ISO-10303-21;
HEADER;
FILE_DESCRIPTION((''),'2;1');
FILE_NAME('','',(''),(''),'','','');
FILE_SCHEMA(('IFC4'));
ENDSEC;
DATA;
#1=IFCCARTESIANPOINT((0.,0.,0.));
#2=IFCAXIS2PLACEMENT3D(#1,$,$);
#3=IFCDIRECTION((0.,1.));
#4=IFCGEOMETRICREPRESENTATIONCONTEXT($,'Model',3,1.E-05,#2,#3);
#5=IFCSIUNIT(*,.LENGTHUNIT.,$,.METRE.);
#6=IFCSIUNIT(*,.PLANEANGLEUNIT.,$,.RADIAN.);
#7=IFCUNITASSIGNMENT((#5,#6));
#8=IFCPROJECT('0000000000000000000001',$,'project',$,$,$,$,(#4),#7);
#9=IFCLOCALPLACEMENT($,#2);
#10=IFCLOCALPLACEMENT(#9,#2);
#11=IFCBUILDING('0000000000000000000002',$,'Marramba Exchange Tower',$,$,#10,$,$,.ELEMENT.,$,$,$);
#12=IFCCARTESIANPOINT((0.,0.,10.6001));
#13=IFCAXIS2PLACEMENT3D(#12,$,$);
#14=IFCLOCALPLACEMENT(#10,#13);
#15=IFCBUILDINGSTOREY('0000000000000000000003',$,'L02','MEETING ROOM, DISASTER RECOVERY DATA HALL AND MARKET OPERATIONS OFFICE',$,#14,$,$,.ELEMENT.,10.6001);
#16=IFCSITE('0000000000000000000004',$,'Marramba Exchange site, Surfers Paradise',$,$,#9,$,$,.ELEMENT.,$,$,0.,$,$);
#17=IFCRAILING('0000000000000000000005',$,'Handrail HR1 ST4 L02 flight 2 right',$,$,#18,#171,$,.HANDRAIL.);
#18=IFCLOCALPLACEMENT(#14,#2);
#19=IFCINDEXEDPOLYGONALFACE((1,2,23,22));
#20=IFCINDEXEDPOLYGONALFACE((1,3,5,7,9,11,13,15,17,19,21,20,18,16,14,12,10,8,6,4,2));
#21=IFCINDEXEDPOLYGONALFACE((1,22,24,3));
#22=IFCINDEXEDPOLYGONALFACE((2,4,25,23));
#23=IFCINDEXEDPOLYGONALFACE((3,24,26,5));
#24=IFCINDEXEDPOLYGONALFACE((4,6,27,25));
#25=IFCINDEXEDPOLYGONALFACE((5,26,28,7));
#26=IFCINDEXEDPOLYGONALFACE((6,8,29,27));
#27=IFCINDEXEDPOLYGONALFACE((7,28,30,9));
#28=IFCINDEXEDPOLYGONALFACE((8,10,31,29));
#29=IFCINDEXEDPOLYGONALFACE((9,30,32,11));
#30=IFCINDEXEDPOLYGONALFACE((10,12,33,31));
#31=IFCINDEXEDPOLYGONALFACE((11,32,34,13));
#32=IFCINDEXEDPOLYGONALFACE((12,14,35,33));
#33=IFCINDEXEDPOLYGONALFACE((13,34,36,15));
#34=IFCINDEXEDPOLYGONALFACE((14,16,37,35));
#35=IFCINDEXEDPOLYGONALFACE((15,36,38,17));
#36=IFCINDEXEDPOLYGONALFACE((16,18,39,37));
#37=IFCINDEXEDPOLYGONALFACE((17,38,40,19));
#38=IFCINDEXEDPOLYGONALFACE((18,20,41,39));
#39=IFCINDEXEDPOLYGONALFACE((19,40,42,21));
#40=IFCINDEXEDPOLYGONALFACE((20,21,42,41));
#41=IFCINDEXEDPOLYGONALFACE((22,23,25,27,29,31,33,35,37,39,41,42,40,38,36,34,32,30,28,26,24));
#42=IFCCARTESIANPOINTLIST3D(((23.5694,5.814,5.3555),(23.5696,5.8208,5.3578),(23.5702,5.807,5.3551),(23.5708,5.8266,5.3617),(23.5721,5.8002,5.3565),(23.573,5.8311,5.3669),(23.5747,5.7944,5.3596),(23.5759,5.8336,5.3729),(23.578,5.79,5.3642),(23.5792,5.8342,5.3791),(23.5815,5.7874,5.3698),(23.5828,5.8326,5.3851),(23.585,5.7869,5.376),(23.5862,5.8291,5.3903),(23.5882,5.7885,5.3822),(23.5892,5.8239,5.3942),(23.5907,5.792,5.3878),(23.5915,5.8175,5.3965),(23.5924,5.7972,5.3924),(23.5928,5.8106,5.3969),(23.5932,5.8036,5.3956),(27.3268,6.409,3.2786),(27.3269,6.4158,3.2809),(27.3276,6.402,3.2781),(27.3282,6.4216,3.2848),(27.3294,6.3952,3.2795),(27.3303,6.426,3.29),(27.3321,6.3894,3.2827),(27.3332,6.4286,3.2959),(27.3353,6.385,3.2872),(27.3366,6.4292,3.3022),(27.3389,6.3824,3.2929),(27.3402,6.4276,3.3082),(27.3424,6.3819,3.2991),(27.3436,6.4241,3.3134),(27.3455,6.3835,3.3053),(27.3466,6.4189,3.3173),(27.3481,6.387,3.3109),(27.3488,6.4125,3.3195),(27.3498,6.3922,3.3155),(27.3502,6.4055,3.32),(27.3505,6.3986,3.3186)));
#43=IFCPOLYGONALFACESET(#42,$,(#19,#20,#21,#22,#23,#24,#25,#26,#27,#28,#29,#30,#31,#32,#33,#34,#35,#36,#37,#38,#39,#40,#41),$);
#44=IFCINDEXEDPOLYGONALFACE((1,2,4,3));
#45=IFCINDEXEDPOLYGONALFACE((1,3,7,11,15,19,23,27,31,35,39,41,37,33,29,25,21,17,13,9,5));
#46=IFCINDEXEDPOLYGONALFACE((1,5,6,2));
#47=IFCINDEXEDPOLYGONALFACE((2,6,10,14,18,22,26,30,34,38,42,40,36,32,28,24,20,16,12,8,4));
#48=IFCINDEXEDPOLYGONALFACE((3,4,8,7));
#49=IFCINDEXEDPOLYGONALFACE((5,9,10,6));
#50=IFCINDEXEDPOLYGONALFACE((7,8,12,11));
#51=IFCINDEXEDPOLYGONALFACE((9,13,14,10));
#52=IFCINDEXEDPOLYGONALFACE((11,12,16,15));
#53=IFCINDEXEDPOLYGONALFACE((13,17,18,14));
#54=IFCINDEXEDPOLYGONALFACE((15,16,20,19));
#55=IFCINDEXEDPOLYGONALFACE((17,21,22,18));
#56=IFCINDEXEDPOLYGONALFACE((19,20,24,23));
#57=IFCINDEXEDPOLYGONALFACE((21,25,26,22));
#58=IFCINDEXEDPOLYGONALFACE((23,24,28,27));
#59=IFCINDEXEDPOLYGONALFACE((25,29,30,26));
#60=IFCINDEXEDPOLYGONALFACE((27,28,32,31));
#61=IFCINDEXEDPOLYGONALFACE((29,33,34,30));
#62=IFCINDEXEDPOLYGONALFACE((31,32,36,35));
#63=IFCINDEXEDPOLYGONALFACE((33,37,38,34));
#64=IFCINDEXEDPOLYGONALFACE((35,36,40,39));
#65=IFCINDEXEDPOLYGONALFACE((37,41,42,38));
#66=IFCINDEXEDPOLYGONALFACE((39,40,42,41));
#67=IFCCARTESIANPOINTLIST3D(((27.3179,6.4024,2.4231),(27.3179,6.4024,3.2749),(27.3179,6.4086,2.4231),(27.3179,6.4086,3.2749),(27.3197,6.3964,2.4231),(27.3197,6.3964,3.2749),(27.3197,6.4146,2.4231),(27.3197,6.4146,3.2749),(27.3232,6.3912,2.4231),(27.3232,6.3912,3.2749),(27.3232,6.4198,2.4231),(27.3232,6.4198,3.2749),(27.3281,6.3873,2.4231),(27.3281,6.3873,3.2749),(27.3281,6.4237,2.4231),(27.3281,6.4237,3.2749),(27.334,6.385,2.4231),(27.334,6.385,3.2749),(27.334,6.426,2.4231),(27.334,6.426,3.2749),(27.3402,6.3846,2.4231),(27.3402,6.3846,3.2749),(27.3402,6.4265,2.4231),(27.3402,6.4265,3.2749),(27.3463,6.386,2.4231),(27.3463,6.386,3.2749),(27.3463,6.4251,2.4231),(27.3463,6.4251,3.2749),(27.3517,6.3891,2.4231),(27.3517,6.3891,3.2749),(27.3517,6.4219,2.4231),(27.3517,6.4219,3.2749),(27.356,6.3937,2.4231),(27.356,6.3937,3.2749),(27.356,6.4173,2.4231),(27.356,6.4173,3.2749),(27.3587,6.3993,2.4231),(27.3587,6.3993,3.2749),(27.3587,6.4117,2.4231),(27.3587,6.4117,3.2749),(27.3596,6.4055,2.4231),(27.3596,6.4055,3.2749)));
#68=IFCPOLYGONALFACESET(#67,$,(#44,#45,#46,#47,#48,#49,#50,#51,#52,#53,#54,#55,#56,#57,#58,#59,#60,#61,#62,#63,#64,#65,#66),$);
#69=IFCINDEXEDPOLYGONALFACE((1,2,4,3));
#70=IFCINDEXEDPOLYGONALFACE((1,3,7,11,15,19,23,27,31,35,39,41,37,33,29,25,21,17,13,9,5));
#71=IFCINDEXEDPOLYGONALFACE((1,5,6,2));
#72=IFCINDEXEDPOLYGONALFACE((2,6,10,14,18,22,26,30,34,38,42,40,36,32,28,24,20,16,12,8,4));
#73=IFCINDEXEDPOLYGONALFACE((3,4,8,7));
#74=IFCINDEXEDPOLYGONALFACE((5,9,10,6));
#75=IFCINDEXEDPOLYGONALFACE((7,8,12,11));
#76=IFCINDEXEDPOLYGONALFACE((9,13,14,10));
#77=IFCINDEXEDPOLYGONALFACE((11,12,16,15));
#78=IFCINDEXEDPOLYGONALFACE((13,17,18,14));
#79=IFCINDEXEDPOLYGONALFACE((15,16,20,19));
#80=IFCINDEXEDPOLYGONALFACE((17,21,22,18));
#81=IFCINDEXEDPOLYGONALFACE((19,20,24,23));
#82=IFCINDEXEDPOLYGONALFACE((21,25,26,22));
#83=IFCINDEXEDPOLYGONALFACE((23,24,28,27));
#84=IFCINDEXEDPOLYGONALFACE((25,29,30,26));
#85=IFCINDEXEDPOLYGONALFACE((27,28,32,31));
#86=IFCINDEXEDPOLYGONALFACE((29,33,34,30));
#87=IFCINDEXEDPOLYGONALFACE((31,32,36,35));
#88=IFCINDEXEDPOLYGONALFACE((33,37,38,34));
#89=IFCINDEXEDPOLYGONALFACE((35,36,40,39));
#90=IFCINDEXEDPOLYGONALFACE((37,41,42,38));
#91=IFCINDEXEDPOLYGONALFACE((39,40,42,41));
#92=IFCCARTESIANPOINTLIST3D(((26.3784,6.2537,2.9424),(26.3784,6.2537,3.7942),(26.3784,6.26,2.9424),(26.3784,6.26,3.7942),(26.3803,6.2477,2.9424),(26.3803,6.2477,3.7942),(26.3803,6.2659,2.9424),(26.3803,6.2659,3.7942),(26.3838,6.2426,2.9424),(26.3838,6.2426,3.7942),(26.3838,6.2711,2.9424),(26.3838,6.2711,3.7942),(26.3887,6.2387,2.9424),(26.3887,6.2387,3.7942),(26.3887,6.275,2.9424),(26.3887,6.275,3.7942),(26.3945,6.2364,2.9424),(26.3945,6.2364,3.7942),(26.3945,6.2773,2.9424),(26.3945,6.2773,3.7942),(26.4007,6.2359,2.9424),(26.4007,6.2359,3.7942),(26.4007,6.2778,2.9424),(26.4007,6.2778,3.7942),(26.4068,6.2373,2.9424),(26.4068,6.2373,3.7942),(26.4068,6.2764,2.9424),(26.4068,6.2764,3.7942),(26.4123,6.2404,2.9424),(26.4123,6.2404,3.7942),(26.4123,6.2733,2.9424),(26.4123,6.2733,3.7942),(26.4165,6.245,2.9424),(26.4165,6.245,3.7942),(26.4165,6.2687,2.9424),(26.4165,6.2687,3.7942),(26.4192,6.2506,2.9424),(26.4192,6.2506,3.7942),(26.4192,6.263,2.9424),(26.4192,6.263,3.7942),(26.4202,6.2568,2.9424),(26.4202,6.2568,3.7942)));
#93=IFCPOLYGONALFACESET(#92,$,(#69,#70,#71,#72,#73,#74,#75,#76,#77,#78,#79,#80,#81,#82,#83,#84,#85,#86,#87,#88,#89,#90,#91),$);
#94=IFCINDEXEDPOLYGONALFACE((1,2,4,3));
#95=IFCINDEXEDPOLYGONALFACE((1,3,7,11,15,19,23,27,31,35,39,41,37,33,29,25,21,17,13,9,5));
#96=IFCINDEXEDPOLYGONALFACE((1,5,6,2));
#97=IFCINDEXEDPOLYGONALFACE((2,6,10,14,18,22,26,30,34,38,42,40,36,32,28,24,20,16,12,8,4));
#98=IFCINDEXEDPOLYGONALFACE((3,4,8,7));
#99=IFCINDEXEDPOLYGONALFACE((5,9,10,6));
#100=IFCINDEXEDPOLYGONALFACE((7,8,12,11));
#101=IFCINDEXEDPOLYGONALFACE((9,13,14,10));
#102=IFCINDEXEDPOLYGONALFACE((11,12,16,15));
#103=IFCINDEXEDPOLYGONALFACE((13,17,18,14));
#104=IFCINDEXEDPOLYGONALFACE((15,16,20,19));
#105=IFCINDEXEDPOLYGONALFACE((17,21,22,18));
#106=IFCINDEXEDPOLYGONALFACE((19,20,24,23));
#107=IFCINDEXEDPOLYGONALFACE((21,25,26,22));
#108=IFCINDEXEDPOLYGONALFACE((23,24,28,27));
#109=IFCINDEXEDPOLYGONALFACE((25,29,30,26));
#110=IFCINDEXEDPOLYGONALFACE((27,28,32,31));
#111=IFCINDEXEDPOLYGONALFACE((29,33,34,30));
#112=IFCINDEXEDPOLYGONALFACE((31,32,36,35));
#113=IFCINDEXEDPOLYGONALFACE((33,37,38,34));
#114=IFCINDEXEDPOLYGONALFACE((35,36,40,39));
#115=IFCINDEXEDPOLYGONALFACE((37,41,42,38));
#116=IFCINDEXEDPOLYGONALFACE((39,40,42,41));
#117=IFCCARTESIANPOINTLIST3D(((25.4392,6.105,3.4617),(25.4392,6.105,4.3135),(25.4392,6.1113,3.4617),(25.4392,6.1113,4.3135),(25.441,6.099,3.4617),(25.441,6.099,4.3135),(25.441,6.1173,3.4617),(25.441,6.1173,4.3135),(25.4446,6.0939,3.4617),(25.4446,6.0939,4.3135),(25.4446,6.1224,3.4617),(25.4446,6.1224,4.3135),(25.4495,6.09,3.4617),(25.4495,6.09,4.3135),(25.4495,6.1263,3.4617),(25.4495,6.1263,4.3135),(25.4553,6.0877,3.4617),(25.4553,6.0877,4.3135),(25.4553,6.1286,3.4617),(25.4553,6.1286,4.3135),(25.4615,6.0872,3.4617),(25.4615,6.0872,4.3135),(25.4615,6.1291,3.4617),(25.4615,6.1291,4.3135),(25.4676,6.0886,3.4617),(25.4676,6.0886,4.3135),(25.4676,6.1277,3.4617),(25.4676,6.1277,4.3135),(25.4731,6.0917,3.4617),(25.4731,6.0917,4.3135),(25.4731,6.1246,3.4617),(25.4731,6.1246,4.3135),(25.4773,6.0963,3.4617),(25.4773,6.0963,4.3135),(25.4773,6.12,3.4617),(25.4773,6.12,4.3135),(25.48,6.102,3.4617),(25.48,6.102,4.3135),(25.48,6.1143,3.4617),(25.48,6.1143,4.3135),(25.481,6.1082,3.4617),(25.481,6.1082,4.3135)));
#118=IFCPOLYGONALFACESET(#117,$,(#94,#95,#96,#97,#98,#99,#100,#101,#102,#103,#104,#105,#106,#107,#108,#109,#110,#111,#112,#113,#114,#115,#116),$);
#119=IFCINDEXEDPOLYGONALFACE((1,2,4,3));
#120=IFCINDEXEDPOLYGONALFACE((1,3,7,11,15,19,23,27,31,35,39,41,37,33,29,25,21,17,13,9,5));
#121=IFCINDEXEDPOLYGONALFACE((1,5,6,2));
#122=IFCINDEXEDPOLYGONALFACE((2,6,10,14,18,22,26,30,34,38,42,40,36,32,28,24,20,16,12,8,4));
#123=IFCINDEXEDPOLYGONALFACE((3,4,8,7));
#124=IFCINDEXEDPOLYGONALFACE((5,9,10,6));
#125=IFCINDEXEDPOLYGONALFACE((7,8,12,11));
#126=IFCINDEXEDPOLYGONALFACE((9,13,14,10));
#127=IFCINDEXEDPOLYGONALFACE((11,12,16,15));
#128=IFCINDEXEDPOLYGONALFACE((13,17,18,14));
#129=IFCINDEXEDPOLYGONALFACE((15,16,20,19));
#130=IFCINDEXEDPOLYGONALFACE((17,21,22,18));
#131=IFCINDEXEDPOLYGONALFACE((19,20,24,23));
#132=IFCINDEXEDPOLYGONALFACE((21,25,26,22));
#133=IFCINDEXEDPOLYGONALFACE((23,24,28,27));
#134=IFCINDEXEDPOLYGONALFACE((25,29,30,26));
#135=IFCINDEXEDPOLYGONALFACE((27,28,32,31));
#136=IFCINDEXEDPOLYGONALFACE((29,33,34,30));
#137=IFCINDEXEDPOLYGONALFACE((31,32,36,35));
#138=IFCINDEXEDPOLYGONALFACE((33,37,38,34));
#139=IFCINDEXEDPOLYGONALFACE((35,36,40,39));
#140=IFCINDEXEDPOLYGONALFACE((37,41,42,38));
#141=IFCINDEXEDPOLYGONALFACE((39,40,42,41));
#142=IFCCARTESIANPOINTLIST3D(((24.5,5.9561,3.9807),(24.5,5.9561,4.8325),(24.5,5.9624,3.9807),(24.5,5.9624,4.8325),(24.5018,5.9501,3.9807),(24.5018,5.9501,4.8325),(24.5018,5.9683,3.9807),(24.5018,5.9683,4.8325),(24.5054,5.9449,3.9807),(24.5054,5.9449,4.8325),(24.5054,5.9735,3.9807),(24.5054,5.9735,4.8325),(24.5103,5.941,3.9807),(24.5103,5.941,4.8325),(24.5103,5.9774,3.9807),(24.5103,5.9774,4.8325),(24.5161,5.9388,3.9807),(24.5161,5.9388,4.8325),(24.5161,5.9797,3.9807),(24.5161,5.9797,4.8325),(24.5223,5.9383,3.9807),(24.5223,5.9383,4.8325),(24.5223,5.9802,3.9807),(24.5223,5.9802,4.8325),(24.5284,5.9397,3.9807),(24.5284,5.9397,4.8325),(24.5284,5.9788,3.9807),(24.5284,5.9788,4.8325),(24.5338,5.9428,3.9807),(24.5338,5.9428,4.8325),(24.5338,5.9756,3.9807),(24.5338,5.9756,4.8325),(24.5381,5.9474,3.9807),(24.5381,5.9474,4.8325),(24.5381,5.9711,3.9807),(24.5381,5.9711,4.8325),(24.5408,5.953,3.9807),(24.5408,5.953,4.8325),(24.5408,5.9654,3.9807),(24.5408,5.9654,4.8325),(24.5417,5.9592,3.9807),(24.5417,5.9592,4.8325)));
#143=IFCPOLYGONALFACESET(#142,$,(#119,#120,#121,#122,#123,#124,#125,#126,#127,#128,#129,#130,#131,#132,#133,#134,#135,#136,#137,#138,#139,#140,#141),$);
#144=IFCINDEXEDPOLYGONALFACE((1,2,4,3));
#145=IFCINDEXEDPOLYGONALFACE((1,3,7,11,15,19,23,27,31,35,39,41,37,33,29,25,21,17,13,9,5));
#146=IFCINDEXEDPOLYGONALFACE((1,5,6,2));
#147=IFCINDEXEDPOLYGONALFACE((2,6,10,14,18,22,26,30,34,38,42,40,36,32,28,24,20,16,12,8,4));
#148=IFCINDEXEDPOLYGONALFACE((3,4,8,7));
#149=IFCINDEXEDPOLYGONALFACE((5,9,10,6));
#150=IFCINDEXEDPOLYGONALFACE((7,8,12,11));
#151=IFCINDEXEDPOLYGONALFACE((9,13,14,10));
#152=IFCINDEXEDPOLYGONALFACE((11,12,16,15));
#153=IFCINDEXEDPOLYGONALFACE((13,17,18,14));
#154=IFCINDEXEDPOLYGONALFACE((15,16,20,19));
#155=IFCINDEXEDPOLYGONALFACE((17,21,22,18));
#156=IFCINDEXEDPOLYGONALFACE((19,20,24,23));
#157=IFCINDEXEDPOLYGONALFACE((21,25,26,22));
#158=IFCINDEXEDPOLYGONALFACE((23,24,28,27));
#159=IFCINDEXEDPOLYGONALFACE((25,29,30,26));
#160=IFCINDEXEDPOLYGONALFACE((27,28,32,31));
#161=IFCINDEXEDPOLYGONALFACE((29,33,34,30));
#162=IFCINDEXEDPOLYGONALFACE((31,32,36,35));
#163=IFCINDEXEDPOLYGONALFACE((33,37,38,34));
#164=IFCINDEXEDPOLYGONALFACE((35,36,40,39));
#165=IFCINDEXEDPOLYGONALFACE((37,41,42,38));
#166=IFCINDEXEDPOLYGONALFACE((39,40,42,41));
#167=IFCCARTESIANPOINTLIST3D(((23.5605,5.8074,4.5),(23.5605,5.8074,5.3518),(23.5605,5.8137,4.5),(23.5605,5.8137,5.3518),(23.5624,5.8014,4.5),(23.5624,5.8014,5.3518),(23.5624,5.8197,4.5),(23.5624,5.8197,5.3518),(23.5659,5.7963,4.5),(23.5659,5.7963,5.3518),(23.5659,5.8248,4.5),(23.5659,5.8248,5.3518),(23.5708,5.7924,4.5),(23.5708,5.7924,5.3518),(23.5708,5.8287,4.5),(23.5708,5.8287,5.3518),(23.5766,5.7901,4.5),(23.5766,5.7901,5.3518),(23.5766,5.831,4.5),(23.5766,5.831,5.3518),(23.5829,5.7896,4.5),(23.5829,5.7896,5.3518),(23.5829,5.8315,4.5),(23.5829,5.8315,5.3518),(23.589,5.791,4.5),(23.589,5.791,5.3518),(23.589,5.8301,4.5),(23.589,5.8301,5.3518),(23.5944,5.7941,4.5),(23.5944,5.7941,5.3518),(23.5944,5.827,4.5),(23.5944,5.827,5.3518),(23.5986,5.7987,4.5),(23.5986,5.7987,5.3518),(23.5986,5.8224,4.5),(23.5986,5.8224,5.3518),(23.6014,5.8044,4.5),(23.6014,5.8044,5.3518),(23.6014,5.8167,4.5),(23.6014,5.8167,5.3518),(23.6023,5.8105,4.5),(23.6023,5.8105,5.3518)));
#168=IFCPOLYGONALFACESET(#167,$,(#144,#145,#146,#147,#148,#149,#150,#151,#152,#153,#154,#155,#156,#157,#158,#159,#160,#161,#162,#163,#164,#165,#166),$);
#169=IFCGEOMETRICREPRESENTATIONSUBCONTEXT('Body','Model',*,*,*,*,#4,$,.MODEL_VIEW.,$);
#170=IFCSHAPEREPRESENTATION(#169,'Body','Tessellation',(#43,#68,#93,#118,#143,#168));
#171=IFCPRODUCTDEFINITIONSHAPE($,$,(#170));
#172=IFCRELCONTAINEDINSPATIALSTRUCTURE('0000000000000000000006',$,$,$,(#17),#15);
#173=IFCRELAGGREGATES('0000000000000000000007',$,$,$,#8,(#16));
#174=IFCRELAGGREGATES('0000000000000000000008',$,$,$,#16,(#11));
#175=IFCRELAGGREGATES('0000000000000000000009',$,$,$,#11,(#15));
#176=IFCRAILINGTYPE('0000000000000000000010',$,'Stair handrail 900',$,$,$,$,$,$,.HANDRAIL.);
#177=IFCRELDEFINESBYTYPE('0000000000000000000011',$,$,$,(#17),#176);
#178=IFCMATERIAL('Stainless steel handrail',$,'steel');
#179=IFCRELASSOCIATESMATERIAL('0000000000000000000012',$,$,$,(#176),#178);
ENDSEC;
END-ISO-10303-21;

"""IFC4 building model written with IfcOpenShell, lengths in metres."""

from ifc_helpers import new_model, si_unit, direction, frame, origin, origin_2d, place, context, subcontext, project, spatial, circle, extrude, material, type_object, element, save


model = new_model("IFC4")

# Units and contexts
model_context = context("Model", 3, precision=1e-05, world=origin(), true_north=direction((0.0, 1.0)))
body_context = subcontext(model_context, "Body", "Model", "MODEL_VIEW")
ifc_project = project(units=[si_unit("LENGTHUNIT", "METRE"), si_unit("PLANEANGLEUNIT", "RADIAN")], contexts=[model_context])

# Site, building, storey
site_placement = place(None, origin())
site = spatial("IfcSite", under=ifc_project, at=site_placement, Name="Marramba Exchange site, Surfers Paradise", CompositionType="ELEMENT", RefElevation=0.0)
building_placement = place(site_placement, origin())
building = spatial("IfcBuilding", under=site, at=building_placement, Name="Marramba Exchange Tower", CompositionType="ELEMENT")
storey_placement = place(building_placement, frame((0.0, 0.0, 10.6001)))
storey = spatial("IfcBuildingStorey", under=building, at=storey_placement, Name="L02", Description="MEETING ROOM, DISASTER RECOVERY DATA HALL AND MARKET OPERATIONS OFFICE", CompositionType="ELEMENT", Elevation=10.6001)

# Railing
ifc_material_1 = material(Name="Stainless steel handrail", Category="steel")
railing_type = type_object("IfcRailingType", Name="Stair handrail 900", PredefinedType="HANDRAIL", material=ifc_material_1)
railing_1_placement = place(storey_placement, frame((27.3386, 6.4055, 2.4231)))
element("IfcRailing", 1, at=railing_1_placement, inside=storey, type_object=railing_type, Name="Handrail HR1 ST4 L02 flight 2 right", PredefinedType="HANDRAIL", context=body_context, shape_type="SweptSolid", body=[
    extrude(circle(Radius=0.0239, at=origin_2d()), frame((0.0, 0.0, 0.876), z_axis=(-0.866908, -0.137275, 0.479193), x_axis=(0.156401, -0.987694, 0.0)), (0.0, 0.0, 1.0), 4.3342),
    extrude(circle(Radius=0.021, at=origin_2d()), origin(), (0.0, 0.0, 1.0), 0.8518),
    extrude(circle(Radius=0.021, at=origin_2d()), frame((-0.9395, -0.1487, 0.5193)), (0.0, 0.0, 1.0), 0.8518),
    extrude(circle(Radius=0.021, at=origin_2d()), frame((-1.8787, -0.2974, 1.0386)), (0.0, 0.0, 1.0), 0.8518),
    extrude(circle(Radius=0.021, at=origin_2d()), frame((-2.8179, -0.4463, 1.5576)), (0.0, 0.0, 1.0), 0.8518),
    extrude(circle(Radius=0.021, at=origin_2d()), frame((-3.7573, -0.595, 2.0769)), (0.0, 0.0, 1.0), 0.8518),
])

save(model, "model.ifc")
